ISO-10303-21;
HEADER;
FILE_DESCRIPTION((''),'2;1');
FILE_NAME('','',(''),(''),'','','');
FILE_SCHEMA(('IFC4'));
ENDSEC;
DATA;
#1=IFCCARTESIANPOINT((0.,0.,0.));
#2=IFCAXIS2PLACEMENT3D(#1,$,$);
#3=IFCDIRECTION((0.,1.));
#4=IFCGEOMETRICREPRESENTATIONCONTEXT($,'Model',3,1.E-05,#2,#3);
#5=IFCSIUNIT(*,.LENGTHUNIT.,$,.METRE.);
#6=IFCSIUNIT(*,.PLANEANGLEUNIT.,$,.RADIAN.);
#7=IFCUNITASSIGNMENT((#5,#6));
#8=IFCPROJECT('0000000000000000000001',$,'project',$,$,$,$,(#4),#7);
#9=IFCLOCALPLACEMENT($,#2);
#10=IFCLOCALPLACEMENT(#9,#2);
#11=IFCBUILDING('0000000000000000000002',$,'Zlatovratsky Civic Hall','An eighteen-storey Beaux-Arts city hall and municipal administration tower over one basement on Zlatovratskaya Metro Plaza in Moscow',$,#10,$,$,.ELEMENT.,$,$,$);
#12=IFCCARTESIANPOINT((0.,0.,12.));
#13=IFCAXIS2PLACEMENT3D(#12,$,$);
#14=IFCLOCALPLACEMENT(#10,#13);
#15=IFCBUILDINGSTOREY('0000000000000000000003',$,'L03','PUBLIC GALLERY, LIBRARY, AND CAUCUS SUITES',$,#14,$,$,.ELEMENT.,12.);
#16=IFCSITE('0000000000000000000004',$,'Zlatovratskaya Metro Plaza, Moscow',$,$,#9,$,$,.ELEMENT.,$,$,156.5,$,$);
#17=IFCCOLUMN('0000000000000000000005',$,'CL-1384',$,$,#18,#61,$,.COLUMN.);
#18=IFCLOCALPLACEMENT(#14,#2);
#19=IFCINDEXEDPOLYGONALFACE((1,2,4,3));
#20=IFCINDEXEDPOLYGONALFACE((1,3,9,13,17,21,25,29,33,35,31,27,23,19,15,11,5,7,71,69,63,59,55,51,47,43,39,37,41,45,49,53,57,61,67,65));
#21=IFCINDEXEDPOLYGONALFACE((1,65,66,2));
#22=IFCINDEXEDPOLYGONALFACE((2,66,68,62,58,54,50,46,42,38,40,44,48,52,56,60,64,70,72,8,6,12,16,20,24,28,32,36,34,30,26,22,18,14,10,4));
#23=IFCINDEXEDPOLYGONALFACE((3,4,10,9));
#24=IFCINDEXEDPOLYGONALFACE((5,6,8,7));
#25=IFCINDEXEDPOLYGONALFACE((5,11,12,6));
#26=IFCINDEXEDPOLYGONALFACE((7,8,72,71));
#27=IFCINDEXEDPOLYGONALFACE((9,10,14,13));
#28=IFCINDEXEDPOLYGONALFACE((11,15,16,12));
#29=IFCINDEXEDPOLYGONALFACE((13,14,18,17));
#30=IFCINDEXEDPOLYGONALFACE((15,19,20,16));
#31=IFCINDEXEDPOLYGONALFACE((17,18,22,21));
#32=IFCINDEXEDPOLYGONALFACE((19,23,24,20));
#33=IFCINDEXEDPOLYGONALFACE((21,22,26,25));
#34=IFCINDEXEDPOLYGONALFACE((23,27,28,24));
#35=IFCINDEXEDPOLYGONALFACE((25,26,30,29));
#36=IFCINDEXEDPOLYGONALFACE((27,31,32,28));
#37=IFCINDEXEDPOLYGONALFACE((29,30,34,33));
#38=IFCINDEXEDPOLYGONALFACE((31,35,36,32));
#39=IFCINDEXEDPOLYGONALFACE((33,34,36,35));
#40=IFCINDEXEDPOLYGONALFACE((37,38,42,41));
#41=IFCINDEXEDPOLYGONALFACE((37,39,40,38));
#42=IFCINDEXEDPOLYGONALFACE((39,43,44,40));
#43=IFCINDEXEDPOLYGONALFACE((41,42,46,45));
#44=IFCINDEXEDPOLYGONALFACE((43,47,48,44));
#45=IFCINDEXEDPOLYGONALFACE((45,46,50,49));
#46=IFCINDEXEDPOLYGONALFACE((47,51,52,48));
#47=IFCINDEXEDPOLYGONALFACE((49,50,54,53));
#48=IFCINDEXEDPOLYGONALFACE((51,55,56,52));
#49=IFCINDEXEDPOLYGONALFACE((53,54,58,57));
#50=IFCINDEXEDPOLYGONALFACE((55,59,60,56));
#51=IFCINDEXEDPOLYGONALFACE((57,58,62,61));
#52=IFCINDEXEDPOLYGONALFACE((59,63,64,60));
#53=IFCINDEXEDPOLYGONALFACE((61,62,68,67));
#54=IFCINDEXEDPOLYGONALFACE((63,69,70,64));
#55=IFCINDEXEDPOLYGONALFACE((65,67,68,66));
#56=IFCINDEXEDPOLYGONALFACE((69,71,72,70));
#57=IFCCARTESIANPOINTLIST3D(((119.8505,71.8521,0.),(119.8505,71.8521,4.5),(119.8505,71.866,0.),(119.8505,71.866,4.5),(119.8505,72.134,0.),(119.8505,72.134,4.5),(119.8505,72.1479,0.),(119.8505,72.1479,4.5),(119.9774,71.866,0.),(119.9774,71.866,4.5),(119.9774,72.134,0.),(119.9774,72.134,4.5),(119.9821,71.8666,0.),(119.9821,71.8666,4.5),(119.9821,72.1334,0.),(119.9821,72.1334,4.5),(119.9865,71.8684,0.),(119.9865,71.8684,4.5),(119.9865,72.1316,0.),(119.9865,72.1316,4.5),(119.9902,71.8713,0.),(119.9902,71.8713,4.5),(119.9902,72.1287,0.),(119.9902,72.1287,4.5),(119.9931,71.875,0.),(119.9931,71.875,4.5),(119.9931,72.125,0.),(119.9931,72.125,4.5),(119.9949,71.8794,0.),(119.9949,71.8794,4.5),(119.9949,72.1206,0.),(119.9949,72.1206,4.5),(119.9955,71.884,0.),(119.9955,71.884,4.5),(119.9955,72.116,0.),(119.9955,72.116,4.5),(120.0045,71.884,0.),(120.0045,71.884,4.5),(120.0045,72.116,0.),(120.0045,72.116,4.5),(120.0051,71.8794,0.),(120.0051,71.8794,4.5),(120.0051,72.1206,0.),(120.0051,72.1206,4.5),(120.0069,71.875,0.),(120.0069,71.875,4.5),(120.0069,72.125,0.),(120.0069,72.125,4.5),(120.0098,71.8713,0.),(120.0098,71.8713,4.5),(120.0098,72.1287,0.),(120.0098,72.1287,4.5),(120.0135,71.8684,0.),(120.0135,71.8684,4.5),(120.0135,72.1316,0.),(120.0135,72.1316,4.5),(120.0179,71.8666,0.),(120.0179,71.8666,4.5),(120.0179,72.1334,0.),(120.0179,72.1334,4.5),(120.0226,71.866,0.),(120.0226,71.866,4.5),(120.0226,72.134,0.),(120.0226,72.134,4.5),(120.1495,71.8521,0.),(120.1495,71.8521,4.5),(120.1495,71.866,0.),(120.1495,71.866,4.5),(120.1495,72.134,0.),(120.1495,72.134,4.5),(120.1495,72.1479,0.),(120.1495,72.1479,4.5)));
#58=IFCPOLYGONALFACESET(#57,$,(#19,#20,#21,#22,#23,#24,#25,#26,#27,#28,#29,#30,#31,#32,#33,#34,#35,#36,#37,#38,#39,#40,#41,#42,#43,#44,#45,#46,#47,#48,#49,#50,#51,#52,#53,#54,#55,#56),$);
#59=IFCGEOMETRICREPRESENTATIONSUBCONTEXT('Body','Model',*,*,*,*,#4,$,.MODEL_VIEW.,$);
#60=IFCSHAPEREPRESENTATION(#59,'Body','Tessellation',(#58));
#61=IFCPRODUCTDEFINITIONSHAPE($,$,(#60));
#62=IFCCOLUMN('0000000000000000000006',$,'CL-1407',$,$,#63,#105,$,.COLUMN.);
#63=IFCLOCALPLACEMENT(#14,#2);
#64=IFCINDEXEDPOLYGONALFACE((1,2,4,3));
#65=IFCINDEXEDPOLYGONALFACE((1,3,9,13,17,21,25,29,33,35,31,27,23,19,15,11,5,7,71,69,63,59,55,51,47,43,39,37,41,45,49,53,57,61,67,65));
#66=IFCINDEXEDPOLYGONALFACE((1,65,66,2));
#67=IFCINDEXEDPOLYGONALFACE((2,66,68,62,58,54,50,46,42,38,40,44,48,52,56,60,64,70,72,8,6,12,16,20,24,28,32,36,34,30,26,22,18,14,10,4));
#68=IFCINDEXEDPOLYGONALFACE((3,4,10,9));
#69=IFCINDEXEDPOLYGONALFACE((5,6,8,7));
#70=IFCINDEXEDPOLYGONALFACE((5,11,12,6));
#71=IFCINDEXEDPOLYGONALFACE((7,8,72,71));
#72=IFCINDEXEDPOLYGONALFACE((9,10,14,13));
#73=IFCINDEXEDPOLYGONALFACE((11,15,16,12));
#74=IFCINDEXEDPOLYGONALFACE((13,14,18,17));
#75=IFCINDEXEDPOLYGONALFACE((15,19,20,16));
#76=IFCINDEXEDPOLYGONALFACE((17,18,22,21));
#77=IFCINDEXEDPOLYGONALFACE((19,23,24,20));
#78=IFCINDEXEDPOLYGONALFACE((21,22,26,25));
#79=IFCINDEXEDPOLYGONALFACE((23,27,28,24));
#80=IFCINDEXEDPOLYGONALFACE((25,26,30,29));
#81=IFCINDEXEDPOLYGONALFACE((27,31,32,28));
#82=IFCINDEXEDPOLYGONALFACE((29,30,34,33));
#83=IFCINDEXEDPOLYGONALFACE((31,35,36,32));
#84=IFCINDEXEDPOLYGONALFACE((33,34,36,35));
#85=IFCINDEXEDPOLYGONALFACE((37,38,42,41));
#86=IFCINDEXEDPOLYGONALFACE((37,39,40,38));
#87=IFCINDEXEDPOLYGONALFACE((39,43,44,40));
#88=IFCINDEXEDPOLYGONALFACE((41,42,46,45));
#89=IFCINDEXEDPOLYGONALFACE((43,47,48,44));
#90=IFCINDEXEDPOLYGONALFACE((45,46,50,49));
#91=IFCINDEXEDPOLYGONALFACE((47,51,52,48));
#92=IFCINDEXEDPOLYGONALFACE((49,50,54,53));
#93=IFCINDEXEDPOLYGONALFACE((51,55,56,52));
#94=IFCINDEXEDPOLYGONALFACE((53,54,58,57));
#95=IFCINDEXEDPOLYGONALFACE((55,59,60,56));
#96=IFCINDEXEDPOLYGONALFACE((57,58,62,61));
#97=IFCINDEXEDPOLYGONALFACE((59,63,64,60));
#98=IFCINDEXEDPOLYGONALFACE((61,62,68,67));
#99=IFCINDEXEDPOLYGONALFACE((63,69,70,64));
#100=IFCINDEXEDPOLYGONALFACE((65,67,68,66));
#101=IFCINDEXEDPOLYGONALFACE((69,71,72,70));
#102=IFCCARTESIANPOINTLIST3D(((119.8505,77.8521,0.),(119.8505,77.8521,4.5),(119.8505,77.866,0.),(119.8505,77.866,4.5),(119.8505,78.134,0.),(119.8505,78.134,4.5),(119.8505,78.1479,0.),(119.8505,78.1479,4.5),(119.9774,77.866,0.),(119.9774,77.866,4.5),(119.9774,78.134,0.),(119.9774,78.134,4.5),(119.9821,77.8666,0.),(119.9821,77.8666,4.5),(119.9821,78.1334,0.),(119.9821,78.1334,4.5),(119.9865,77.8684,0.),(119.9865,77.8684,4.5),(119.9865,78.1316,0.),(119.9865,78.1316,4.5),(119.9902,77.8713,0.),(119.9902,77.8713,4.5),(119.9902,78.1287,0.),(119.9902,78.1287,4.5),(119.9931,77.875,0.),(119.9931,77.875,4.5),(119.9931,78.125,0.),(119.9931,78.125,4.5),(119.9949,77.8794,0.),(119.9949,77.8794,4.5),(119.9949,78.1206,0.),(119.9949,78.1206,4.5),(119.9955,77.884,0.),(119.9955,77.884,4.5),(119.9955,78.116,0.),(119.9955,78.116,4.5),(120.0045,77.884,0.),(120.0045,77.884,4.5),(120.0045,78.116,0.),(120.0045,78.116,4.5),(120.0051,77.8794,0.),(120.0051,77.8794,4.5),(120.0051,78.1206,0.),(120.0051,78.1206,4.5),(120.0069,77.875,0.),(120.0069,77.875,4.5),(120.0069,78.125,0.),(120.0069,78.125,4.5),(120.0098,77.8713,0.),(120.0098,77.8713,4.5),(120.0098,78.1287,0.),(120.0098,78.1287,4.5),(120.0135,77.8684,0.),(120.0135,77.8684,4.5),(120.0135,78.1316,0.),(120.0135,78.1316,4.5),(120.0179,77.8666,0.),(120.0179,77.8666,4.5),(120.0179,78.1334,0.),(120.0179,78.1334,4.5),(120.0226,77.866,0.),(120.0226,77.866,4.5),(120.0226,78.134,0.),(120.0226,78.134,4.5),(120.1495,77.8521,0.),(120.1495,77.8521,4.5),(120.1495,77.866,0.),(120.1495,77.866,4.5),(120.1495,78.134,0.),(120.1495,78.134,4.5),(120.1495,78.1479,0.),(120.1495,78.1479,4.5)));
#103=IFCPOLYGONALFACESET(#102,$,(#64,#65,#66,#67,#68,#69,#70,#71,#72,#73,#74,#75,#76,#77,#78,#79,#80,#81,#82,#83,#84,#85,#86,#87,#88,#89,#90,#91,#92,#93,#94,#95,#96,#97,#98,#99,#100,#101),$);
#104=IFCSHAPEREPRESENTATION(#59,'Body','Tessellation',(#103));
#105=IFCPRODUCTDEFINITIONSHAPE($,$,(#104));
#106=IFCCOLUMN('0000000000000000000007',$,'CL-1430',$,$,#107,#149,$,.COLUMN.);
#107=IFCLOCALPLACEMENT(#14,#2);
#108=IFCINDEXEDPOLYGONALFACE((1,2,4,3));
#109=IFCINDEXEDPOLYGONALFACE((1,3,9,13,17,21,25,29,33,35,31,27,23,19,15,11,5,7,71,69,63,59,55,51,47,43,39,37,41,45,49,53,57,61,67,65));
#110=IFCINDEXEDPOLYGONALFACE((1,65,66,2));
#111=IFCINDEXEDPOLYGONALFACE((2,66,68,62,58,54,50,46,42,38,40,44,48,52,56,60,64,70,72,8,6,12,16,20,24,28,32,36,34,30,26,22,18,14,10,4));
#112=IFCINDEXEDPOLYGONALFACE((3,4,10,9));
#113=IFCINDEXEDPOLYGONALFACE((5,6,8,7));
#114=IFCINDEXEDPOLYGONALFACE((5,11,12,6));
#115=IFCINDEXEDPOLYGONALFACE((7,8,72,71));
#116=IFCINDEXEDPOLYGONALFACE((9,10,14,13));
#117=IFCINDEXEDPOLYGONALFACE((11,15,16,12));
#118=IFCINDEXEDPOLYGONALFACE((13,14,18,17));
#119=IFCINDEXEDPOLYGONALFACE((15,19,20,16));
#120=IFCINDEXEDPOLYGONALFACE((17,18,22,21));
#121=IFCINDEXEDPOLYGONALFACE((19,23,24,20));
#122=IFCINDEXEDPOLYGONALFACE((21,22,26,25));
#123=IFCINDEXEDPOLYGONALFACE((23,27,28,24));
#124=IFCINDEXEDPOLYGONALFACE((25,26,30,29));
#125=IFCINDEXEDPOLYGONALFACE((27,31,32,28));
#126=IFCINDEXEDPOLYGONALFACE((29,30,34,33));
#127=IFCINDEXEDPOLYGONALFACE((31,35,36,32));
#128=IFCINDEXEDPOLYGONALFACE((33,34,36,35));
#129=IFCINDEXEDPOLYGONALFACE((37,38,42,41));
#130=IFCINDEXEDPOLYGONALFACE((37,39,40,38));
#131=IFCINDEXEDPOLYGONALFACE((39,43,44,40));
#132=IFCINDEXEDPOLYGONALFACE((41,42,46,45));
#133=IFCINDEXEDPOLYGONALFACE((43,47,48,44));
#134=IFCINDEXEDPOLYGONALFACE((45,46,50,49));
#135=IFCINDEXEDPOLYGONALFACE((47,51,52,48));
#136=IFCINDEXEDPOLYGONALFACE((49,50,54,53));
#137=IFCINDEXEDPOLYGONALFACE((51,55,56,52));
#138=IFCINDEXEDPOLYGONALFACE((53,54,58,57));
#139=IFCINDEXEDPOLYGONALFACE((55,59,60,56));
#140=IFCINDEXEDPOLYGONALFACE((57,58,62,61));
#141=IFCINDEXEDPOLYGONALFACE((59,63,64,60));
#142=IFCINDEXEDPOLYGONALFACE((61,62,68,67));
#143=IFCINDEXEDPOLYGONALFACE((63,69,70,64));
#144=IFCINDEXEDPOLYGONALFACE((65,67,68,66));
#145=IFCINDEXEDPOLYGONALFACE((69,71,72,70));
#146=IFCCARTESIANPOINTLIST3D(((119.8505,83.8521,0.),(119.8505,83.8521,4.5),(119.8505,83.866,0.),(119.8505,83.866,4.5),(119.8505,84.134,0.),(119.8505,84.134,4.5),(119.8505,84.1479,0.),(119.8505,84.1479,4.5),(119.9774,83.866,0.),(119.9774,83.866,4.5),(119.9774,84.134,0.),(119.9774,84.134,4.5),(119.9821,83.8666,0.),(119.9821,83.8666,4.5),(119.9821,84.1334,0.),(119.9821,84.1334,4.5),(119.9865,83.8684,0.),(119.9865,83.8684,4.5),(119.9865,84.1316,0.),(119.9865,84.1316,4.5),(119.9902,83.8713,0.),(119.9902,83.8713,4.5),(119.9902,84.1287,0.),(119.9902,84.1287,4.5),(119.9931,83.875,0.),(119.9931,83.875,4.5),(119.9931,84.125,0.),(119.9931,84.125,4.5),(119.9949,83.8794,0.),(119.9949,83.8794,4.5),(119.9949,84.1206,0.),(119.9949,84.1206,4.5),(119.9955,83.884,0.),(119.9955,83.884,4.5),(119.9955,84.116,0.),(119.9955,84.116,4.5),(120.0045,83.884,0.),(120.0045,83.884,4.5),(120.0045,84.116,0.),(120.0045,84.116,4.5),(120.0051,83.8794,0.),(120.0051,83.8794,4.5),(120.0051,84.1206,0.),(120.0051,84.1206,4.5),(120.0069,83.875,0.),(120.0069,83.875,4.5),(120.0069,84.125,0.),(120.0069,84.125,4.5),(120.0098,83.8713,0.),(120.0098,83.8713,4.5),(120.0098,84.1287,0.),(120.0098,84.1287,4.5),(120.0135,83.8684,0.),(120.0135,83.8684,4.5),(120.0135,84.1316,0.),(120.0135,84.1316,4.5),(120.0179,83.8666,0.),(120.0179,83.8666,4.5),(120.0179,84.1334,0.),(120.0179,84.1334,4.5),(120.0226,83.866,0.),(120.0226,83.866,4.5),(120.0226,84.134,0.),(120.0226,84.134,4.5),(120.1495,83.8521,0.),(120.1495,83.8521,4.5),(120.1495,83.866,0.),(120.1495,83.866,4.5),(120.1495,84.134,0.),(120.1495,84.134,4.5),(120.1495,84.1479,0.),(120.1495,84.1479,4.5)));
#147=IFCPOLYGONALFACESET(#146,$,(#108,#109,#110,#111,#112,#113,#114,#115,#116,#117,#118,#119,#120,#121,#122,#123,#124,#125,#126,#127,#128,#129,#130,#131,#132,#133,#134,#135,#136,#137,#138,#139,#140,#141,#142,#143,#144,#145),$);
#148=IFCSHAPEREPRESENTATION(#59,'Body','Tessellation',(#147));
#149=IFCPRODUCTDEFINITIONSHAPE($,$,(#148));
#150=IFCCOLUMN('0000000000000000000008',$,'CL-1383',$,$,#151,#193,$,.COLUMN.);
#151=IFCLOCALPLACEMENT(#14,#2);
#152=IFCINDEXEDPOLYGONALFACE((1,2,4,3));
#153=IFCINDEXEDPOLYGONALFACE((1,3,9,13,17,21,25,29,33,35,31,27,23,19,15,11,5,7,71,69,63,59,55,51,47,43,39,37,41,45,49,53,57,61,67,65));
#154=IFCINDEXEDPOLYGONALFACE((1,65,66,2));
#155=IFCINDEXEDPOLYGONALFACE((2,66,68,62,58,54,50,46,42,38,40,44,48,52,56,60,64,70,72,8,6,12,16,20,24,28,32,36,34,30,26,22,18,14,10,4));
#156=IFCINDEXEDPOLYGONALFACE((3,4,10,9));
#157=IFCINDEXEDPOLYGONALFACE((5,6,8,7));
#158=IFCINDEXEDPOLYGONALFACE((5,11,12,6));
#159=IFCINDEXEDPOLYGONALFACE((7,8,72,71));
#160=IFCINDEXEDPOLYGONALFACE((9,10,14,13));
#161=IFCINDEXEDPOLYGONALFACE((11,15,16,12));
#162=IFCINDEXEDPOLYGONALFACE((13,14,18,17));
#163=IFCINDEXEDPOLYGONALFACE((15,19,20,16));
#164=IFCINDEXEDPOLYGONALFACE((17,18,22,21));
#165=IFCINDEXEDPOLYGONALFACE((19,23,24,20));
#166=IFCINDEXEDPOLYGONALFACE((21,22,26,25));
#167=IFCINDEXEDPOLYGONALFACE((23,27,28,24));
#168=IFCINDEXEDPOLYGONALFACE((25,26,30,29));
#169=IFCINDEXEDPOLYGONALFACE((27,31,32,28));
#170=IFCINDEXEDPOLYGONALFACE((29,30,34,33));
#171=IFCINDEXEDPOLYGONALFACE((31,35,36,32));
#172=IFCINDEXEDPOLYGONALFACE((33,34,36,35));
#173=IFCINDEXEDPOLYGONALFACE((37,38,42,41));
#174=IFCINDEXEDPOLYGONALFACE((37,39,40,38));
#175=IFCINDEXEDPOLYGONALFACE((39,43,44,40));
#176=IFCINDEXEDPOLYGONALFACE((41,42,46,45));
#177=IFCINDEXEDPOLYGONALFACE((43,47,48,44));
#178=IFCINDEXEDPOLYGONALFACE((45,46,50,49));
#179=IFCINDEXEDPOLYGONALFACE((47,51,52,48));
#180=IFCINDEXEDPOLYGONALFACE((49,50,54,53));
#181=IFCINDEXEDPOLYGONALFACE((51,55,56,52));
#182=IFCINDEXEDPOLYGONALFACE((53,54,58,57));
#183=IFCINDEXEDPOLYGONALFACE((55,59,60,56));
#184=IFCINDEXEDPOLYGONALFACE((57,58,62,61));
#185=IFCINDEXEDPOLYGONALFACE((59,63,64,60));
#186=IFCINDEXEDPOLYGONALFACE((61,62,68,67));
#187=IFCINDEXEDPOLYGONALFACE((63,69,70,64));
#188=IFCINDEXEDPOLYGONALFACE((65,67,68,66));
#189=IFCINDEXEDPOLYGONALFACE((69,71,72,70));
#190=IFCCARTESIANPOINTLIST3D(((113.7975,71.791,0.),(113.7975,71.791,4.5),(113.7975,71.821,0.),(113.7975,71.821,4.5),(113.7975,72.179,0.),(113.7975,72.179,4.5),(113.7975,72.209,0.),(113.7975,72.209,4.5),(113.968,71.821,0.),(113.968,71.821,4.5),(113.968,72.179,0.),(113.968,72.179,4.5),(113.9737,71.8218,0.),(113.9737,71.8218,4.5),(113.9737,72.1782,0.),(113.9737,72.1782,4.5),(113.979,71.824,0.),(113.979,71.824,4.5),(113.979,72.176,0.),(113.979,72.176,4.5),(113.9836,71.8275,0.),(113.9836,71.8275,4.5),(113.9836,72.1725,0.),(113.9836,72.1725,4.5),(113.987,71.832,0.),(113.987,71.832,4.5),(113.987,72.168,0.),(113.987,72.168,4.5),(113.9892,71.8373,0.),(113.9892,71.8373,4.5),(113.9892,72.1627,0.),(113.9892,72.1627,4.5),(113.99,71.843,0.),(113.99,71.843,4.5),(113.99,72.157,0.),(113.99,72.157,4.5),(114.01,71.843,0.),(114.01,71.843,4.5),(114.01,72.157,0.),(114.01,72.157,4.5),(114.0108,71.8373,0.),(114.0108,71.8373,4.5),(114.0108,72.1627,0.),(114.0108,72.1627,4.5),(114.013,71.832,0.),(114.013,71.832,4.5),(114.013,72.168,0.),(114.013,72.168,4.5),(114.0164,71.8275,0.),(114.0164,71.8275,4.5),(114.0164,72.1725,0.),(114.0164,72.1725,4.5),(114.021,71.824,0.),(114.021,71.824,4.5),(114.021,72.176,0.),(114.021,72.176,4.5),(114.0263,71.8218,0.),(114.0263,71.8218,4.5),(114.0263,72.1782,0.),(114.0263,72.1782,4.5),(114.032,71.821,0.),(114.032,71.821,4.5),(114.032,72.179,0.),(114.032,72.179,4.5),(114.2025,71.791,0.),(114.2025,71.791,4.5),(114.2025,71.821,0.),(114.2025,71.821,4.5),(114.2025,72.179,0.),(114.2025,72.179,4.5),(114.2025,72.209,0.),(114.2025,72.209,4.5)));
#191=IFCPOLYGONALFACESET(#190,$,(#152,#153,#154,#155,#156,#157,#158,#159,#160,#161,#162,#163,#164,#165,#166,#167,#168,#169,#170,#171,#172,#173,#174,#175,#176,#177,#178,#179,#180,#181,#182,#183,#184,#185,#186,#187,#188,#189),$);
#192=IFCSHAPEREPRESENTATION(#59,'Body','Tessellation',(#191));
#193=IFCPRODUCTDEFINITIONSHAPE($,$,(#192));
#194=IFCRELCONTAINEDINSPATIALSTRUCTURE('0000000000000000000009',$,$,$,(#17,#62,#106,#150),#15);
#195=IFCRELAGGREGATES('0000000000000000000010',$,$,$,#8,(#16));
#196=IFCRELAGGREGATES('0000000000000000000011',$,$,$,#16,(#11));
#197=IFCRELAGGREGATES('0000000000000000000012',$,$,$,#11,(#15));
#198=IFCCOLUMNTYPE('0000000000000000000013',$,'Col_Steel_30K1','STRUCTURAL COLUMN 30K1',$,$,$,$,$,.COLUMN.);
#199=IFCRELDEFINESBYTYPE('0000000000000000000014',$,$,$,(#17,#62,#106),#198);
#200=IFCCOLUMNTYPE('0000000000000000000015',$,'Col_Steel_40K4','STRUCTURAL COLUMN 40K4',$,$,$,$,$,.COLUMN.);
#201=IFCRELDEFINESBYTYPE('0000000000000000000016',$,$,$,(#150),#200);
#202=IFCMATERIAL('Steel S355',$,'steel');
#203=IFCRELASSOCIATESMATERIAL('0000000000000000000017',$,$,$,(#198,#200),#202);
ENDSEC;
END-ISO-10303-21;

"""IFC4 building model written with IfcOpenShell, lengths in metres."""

from ifc_helpers import new_model, si_unit, direction, frame, origin, origin_2d, place, context, subcontext, project, spatial, i_section, extrude, material, material_profile, profile_set, type_object, element, save


model = new_model("IFC4")

# Units and contexts
model_context = context("Model", 3, precision=1e-05, world=origin(), true_north=direction((0.0, 1.0)))
body_context = subcontext(model_context, "Body", "Model", "MODEL_VIEW")
ifc_project = project(units=[si_unit("LENGTHUNIT", "METRE"), si_unit("PLANEANGLEUNIT", "RADIAN")], contexts=[model_context])

# Site, building, storey
site_placement = place(None, origin())
site = spatial("IfcSite", under=ifc_project, at=site_placement, Name="Zlatovratskaya Metro Plaza, Moscow", CompositionType="ELEMENT", RefElevation=156.5)
building_placement = place(site_placement, origin())
building = spatial("IfcBuilding", under=site, at=building_placement, Name="Zlatovratsky Civic Hall", Description="An eighteen-storey Beaux-Arts city hall and municipal administration tower over one basement on Zlatovratskaya Metro Plaza in Moscow", CompositionType="ELEMENT")
storey_placement = place(building_placement, frame((0.0, 0.0, 12.0)))
storey = spatial("IfcBuildingStorey", under=building, at=storey_placement, Name="L03", Description="PUBLIC GALLERY, LIBRARY, AND CAUCUS SUITES", CompositionType="ELEMENT", Elevation=12.0)

# Columns
ifc_material_1 = material(Name="Steel S355", Category="steel")
ifc_material_profile_1 = material_profile(ifc_material_1, i_section(OverallWidth=0.2991, OverallDepth=0.2959, WebThickness=0.009, FlangeThickness=0.0139, FilletRadius=0.0181, at=origin_2d()), Name="30K1")
ifc_profile_set_1 = profile_set([ifc_material_profile_1], Name="Steel S355")
column_type_1 = type_object("IfcColumnType", Name="Col_Steel_30K1", Description="STRUCTURAL COLUMN 30K1", PredefinedType="COLUMN", material=ifc_profile_set_1)
for number, where, z_axis, x_axis, name in (
    (1, (120.0, 72.0, 0.0), (0.0, 0.0, 1.0), (1.0, 0.0, 0.0), "CL-1384"),
    (2, (120.0, 78.0, 0.0), (0.0, 0.0, 1.0), (1.0, 0.0, 0.0), "CL-1407"),
    (3, (120.0, 84.0, 0.0), (0.0, 0.0, 1.0), (1.0, 0.0, 0.0), "CL-1430"),
):
    element("IfcColumn", number, at=place(storey_placement, frame(where, z_axis=z_axis, x_axis=x_axis)), inside=storey, type_object=column_type_1, Name=name, PredefinedType="COLUMN", context=body_context, shape_type="SweptSolid", body=[
        extrude(i_section(OverallWidth=0.2991, OverallDepth=0.2959, WebThickness=0.009, FlangeThickness=0.0139, FilletRadius=0.0181, at=origin_2d()), origin(), (0.0, 0.0, 1.0), 4.5),
    ])
ifc_material_profile_2 = material_profile(ifc_material_1, i_section(OverallWidth=0.405, OverallDepth=0.418, WebThickness=0.02, FlangeThickness=0.03, FilletRadius=0.022, at=origin_2d()), Name="40K4")
ifc_profile_set_2 = profile_set([ifc_material_profile_2], Name="Steel S355")
column_type_2 = type_object("IfcColumnType", Name="Col_Steel_40K4", Description="STRUCTURAL COLUMN 40K4", PredefinedType="COLUMN", material=ifc_profile_set_2)
for number, where, z_axis, x_axis, name in (
    (4, (114.0, 72.0, 0.0), (0.0, 0.0, 1.0), (1.0, 0.0, 0.0), "CL-1383"),
):
    element("IfcColumn", number, at=place(storey_placement, frame(where, z_axis=z_axis, x_axis=x_axis)), inside=storey, type_object=column_type_2, Name=name, PredefinedType="COLUMN", context=body_context, shape_type="SweptSolid", body=[
        extrude(i_section(OverallWidth=0.405, OverallDepth=0.418, WebThickness=0.02, FlangeThickness=0.03, FilletRadius=0.022, at=origin_2d()), origin(), (0.0, 0.0, 1.0), 4.5),
    ])

save(model, "model.ifc")
